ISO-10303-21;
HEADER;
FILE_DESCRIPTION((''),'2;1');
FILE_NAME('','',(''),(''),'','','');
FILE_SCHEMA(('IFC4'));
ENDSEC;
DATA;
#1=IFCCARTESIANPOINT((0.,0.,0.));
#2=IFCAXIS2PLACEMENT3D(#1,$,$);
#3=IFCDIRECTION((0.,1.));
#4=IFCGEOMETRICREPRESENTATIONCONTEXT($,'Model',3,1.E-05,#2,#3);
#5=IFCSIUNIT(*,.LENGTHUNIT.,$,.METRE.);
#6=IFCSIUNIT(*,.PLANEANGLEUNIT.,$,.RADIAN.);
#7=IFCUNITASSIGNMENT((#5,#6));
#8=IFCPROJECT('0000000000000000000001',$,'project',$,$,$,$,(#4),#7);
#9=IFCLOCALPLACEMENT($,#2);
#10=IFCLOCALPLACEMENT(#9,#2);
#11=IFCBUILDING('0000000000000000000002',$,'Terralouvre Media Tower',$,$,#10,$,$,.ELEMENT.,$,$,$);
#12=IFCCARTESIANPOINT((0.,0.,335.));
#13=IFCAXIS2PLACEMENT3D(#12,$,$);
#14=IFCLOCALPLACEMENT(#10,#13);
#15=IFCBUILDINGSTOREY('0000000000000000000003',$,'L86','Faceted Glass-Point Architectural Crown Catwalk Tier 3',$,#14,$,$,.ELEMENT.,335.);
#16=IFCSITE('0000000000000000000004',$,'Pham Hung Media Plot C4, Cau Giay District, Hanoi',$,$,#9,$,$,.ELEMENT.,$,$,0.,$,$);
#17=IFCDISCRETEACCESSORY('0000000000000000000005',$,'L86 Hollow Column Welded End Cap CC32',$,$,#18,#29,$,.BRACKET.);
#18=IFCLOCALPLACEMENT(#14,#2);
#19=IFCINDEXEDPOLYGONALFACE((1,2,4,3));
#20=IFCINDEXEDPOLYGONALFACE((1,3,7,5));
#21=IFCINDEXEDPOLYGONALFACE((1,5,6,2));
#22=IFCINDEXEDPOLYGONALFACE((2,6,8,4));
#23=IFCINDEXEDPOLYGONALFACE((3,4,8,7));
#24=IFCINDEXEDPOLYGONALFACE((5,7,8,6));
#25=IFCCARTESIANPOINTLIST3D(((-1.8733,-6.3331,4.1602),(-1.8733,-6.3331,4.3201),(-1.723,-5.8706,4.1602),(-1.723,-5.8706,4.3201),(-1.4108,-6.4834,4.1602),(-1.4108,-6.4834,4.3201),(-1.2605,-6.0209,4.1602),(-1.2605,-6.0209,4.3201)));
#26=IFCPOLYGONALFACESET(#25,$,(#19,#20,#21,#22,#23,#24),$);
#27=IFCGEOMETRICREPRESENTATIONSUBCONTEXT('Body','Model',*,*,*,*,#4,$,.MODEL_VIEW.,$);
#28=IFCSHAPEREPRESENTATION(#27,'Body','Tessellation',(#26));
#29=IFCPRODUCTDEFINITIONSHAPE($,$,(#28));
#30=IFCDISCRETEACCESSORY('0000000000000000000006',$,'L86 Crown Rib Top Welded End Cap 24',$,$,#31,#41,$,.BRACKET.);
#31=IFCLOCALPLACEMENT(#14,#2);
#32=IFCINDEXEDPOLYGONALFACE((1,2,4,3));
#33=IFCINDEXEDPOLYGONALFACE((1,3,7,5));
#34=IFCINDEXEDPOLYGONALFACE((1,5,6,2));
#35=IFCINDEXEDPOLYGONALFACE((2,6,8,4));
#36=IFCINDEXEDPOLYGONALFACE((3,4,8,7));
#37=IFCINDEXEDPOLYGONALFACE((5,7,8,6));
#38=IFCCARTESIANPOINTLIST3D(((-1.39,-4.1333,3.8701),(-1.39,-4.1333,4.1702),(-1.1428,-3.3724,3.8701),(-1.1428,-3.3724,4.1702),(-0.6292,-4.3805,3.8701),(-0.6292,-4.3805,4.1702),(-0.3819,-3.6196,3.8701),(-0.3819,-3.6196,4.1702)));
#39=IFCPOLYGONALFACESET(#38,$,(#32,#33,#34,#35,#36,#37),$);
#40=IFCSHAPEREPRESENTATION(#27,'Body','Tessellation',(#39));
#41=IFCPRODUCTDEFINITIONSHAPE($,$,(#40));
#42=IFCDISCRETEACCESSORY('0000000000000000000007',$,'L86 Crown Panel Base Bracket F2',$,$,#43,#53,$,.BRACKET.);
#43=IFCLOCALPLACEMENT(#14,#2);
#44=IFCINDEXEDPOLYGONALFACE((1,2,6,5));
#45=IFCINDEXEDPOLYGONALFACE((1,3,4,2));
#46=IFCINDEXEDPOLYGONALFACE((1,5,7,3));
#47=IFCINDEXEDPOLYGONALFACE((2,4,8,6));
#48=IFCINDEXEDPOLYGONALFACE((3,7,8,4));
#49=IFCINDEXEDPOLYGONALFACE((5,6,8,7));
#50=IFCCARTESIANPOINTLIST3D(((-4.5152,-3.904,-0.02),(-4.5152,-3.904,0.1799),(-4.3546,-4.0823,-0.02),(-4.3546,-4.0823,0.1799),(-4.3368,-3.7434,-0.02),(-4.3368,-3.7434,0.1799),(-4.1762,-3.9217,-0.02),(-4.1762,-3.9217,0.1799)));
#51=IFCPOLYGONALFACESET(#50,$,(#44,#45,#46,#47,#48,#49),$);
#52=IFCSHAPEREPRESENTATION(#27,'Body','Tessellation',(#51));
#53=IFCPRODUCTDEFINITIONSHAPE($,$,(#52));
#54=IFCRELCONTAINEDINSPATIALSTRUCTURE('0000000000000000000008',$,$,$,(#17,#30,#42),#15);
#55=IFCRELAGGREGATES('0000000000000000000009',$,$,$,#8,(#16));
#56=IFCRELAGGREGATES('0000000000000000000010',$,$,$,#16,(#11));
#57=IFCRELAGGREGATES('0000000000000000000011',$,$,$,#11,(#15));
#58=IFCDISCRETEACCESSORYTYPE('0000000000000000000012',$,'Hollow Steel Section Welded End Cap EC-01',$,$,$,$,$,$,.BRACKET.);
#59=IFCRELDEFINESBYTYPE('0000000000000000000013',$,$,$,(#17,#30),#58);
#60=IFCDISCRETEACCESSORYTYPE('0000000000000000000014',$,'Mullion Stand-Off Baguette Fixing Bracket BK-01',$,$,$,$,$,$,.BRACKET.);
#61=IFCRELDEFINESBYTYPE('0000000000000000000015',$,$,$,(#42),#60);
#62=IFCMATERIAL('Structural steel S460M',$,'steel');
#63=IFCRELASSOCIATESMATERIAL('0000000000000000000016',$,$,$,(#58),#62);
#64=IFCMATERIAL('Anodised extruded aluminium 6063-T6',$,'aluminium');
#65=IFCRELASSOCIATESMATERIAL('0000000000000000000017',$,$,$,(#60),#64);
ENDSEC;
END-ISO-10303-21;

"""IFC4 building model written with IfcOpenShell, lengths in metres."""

from ifc_helpers import new_model, si_unit, direction, frame, origin, origin_2d, place, context, subcontext, project, spatial, rectangle, extrude, material, type_object, element, save


model = new_model("IFC4")

# Units and contexts
model_context = context("Model", 3, precision=1e-05, world=origin(), true_north=direction((0.0, 1.0)))
body_context = subcontext(model_context, "Body", "Model", "MODEL_VIEW")
ifc_project = project(units=[si_unit("LENGTHUNIT", "METRE"), si_unit("PLANEANGLEUNIT", "RADIAN")], contexts=[model_context])

# Site, building, storey
site_placement = place(None, origin())
site = spatial("IfcSite", under=ifc_project, at=site_placement, Name="Pham Hung Media Plot C4, Cau Giay District, Hanoi", CompositionType="ELEMENT", RefElevation=0.0)
building_placement = place(site_placement, origin())
building = spatial("IfcBuilding", under=site, at=building_placement, Name="Terralouvre Media Tower", CompositionType="ELEMENT")
storey_placement = place(building_placement, frame((0.0, 0.0, 335.0)))
storey = spatial("IfcBuildingStorey", under=building, at=storey_placement, Name="L86", Description="Faceted Glass-Point Architectural Crown Catwalk Tier 3", CompositionType="ELEMENT", Elevation=335.0)

# Discrete accessories
ifc_material_1 = material(Name="Structural steel S460M", Category="steel")
discrete_accessory_type_1 = type_object("IfcDiscreteAccessoryType", Name="Hollow Steel Section Welded End Cap EC-01", PredefinedType="BRACKET", material=ifc_material_1)
discrete_accessory_1_placement = place(storey_placement, frame((-1.5669, -6.177, 4.1602), z_axis=(0.0, 0.0, 1.0), x_axis=(0.309017, 0.951057, 0.0)))
element("IfcDiscreteAccessory", 1, at=discrete_accessory_1_placement, inside=storey, type_object=discrete_accessory_type_1, Name="L86 Hollow Column Welded End Cap CC32", PredefinedType="BRACKET", context=body_context, shape_type="SweptSolid", body=[
    extrude(rectangle(XDim=0.4863, YDim=0.4863, at=origin_2d()), origin(), (0.0, 0.0, 1.0), 0.1599),
])
discrete_accessory_2_placement = place(storey_placement, frame((-0.886, -3.8765, 3.8701), z_axis=(0.0, 0.0, 1.0), x_axis=(0.309017, 0.951057, 0.0)))
element("IfcDiscreteAccessory", 2, at=discrete_accessory_2_placement, inside=storey, type_object=discrete_accessory_type_1, Name="L86 Crown Rib Top Welded End Cap 24", PredefinedType="BRACKET", context=body_context, shape_type="SweptSolid", body=[
    extrude(rectangle(XDim=0.8, YDim=0.8, at=origin_2d()), origin(), (0.0, 0.0, 1.0), 0.3),
])
ifc_material_2 = material(Name="Anodised extruded aluminium 6063-T6", Category="aluminium")
discrete_accessory_type_2 = type_object("IfcDiscreteAccessoryType", Name="Mullion Stand-Off Baguette Fixing Bracket BK-01", PredefinedType="BRACKET", material=ifc_material_2)
discrete_accessory_3_placement = place(storey_placement, frame((-4.3457, -3.9128, -0.02), z_axis=(0.0, 0.0, 1.0), x_axis=(0.669131, -0.743145, 0.0)))
element("IfcDiscreteAccessory", 3, at=discrete_accessory_3_placement, inside=storey, type_object=discrete_accessory_type_2, Name="L86 Crown Panel Base Bracket F2", PredefinedType="BRACKET", context=body_context, shape_type="SweptSolid", body=[
    extrude(rectangle(XDim=0.24, YDim=0.24, at=origin_2d()), origin(), (0.0, 0.0, 1.0), 0.2),
])

save(model, "model.ifc")
